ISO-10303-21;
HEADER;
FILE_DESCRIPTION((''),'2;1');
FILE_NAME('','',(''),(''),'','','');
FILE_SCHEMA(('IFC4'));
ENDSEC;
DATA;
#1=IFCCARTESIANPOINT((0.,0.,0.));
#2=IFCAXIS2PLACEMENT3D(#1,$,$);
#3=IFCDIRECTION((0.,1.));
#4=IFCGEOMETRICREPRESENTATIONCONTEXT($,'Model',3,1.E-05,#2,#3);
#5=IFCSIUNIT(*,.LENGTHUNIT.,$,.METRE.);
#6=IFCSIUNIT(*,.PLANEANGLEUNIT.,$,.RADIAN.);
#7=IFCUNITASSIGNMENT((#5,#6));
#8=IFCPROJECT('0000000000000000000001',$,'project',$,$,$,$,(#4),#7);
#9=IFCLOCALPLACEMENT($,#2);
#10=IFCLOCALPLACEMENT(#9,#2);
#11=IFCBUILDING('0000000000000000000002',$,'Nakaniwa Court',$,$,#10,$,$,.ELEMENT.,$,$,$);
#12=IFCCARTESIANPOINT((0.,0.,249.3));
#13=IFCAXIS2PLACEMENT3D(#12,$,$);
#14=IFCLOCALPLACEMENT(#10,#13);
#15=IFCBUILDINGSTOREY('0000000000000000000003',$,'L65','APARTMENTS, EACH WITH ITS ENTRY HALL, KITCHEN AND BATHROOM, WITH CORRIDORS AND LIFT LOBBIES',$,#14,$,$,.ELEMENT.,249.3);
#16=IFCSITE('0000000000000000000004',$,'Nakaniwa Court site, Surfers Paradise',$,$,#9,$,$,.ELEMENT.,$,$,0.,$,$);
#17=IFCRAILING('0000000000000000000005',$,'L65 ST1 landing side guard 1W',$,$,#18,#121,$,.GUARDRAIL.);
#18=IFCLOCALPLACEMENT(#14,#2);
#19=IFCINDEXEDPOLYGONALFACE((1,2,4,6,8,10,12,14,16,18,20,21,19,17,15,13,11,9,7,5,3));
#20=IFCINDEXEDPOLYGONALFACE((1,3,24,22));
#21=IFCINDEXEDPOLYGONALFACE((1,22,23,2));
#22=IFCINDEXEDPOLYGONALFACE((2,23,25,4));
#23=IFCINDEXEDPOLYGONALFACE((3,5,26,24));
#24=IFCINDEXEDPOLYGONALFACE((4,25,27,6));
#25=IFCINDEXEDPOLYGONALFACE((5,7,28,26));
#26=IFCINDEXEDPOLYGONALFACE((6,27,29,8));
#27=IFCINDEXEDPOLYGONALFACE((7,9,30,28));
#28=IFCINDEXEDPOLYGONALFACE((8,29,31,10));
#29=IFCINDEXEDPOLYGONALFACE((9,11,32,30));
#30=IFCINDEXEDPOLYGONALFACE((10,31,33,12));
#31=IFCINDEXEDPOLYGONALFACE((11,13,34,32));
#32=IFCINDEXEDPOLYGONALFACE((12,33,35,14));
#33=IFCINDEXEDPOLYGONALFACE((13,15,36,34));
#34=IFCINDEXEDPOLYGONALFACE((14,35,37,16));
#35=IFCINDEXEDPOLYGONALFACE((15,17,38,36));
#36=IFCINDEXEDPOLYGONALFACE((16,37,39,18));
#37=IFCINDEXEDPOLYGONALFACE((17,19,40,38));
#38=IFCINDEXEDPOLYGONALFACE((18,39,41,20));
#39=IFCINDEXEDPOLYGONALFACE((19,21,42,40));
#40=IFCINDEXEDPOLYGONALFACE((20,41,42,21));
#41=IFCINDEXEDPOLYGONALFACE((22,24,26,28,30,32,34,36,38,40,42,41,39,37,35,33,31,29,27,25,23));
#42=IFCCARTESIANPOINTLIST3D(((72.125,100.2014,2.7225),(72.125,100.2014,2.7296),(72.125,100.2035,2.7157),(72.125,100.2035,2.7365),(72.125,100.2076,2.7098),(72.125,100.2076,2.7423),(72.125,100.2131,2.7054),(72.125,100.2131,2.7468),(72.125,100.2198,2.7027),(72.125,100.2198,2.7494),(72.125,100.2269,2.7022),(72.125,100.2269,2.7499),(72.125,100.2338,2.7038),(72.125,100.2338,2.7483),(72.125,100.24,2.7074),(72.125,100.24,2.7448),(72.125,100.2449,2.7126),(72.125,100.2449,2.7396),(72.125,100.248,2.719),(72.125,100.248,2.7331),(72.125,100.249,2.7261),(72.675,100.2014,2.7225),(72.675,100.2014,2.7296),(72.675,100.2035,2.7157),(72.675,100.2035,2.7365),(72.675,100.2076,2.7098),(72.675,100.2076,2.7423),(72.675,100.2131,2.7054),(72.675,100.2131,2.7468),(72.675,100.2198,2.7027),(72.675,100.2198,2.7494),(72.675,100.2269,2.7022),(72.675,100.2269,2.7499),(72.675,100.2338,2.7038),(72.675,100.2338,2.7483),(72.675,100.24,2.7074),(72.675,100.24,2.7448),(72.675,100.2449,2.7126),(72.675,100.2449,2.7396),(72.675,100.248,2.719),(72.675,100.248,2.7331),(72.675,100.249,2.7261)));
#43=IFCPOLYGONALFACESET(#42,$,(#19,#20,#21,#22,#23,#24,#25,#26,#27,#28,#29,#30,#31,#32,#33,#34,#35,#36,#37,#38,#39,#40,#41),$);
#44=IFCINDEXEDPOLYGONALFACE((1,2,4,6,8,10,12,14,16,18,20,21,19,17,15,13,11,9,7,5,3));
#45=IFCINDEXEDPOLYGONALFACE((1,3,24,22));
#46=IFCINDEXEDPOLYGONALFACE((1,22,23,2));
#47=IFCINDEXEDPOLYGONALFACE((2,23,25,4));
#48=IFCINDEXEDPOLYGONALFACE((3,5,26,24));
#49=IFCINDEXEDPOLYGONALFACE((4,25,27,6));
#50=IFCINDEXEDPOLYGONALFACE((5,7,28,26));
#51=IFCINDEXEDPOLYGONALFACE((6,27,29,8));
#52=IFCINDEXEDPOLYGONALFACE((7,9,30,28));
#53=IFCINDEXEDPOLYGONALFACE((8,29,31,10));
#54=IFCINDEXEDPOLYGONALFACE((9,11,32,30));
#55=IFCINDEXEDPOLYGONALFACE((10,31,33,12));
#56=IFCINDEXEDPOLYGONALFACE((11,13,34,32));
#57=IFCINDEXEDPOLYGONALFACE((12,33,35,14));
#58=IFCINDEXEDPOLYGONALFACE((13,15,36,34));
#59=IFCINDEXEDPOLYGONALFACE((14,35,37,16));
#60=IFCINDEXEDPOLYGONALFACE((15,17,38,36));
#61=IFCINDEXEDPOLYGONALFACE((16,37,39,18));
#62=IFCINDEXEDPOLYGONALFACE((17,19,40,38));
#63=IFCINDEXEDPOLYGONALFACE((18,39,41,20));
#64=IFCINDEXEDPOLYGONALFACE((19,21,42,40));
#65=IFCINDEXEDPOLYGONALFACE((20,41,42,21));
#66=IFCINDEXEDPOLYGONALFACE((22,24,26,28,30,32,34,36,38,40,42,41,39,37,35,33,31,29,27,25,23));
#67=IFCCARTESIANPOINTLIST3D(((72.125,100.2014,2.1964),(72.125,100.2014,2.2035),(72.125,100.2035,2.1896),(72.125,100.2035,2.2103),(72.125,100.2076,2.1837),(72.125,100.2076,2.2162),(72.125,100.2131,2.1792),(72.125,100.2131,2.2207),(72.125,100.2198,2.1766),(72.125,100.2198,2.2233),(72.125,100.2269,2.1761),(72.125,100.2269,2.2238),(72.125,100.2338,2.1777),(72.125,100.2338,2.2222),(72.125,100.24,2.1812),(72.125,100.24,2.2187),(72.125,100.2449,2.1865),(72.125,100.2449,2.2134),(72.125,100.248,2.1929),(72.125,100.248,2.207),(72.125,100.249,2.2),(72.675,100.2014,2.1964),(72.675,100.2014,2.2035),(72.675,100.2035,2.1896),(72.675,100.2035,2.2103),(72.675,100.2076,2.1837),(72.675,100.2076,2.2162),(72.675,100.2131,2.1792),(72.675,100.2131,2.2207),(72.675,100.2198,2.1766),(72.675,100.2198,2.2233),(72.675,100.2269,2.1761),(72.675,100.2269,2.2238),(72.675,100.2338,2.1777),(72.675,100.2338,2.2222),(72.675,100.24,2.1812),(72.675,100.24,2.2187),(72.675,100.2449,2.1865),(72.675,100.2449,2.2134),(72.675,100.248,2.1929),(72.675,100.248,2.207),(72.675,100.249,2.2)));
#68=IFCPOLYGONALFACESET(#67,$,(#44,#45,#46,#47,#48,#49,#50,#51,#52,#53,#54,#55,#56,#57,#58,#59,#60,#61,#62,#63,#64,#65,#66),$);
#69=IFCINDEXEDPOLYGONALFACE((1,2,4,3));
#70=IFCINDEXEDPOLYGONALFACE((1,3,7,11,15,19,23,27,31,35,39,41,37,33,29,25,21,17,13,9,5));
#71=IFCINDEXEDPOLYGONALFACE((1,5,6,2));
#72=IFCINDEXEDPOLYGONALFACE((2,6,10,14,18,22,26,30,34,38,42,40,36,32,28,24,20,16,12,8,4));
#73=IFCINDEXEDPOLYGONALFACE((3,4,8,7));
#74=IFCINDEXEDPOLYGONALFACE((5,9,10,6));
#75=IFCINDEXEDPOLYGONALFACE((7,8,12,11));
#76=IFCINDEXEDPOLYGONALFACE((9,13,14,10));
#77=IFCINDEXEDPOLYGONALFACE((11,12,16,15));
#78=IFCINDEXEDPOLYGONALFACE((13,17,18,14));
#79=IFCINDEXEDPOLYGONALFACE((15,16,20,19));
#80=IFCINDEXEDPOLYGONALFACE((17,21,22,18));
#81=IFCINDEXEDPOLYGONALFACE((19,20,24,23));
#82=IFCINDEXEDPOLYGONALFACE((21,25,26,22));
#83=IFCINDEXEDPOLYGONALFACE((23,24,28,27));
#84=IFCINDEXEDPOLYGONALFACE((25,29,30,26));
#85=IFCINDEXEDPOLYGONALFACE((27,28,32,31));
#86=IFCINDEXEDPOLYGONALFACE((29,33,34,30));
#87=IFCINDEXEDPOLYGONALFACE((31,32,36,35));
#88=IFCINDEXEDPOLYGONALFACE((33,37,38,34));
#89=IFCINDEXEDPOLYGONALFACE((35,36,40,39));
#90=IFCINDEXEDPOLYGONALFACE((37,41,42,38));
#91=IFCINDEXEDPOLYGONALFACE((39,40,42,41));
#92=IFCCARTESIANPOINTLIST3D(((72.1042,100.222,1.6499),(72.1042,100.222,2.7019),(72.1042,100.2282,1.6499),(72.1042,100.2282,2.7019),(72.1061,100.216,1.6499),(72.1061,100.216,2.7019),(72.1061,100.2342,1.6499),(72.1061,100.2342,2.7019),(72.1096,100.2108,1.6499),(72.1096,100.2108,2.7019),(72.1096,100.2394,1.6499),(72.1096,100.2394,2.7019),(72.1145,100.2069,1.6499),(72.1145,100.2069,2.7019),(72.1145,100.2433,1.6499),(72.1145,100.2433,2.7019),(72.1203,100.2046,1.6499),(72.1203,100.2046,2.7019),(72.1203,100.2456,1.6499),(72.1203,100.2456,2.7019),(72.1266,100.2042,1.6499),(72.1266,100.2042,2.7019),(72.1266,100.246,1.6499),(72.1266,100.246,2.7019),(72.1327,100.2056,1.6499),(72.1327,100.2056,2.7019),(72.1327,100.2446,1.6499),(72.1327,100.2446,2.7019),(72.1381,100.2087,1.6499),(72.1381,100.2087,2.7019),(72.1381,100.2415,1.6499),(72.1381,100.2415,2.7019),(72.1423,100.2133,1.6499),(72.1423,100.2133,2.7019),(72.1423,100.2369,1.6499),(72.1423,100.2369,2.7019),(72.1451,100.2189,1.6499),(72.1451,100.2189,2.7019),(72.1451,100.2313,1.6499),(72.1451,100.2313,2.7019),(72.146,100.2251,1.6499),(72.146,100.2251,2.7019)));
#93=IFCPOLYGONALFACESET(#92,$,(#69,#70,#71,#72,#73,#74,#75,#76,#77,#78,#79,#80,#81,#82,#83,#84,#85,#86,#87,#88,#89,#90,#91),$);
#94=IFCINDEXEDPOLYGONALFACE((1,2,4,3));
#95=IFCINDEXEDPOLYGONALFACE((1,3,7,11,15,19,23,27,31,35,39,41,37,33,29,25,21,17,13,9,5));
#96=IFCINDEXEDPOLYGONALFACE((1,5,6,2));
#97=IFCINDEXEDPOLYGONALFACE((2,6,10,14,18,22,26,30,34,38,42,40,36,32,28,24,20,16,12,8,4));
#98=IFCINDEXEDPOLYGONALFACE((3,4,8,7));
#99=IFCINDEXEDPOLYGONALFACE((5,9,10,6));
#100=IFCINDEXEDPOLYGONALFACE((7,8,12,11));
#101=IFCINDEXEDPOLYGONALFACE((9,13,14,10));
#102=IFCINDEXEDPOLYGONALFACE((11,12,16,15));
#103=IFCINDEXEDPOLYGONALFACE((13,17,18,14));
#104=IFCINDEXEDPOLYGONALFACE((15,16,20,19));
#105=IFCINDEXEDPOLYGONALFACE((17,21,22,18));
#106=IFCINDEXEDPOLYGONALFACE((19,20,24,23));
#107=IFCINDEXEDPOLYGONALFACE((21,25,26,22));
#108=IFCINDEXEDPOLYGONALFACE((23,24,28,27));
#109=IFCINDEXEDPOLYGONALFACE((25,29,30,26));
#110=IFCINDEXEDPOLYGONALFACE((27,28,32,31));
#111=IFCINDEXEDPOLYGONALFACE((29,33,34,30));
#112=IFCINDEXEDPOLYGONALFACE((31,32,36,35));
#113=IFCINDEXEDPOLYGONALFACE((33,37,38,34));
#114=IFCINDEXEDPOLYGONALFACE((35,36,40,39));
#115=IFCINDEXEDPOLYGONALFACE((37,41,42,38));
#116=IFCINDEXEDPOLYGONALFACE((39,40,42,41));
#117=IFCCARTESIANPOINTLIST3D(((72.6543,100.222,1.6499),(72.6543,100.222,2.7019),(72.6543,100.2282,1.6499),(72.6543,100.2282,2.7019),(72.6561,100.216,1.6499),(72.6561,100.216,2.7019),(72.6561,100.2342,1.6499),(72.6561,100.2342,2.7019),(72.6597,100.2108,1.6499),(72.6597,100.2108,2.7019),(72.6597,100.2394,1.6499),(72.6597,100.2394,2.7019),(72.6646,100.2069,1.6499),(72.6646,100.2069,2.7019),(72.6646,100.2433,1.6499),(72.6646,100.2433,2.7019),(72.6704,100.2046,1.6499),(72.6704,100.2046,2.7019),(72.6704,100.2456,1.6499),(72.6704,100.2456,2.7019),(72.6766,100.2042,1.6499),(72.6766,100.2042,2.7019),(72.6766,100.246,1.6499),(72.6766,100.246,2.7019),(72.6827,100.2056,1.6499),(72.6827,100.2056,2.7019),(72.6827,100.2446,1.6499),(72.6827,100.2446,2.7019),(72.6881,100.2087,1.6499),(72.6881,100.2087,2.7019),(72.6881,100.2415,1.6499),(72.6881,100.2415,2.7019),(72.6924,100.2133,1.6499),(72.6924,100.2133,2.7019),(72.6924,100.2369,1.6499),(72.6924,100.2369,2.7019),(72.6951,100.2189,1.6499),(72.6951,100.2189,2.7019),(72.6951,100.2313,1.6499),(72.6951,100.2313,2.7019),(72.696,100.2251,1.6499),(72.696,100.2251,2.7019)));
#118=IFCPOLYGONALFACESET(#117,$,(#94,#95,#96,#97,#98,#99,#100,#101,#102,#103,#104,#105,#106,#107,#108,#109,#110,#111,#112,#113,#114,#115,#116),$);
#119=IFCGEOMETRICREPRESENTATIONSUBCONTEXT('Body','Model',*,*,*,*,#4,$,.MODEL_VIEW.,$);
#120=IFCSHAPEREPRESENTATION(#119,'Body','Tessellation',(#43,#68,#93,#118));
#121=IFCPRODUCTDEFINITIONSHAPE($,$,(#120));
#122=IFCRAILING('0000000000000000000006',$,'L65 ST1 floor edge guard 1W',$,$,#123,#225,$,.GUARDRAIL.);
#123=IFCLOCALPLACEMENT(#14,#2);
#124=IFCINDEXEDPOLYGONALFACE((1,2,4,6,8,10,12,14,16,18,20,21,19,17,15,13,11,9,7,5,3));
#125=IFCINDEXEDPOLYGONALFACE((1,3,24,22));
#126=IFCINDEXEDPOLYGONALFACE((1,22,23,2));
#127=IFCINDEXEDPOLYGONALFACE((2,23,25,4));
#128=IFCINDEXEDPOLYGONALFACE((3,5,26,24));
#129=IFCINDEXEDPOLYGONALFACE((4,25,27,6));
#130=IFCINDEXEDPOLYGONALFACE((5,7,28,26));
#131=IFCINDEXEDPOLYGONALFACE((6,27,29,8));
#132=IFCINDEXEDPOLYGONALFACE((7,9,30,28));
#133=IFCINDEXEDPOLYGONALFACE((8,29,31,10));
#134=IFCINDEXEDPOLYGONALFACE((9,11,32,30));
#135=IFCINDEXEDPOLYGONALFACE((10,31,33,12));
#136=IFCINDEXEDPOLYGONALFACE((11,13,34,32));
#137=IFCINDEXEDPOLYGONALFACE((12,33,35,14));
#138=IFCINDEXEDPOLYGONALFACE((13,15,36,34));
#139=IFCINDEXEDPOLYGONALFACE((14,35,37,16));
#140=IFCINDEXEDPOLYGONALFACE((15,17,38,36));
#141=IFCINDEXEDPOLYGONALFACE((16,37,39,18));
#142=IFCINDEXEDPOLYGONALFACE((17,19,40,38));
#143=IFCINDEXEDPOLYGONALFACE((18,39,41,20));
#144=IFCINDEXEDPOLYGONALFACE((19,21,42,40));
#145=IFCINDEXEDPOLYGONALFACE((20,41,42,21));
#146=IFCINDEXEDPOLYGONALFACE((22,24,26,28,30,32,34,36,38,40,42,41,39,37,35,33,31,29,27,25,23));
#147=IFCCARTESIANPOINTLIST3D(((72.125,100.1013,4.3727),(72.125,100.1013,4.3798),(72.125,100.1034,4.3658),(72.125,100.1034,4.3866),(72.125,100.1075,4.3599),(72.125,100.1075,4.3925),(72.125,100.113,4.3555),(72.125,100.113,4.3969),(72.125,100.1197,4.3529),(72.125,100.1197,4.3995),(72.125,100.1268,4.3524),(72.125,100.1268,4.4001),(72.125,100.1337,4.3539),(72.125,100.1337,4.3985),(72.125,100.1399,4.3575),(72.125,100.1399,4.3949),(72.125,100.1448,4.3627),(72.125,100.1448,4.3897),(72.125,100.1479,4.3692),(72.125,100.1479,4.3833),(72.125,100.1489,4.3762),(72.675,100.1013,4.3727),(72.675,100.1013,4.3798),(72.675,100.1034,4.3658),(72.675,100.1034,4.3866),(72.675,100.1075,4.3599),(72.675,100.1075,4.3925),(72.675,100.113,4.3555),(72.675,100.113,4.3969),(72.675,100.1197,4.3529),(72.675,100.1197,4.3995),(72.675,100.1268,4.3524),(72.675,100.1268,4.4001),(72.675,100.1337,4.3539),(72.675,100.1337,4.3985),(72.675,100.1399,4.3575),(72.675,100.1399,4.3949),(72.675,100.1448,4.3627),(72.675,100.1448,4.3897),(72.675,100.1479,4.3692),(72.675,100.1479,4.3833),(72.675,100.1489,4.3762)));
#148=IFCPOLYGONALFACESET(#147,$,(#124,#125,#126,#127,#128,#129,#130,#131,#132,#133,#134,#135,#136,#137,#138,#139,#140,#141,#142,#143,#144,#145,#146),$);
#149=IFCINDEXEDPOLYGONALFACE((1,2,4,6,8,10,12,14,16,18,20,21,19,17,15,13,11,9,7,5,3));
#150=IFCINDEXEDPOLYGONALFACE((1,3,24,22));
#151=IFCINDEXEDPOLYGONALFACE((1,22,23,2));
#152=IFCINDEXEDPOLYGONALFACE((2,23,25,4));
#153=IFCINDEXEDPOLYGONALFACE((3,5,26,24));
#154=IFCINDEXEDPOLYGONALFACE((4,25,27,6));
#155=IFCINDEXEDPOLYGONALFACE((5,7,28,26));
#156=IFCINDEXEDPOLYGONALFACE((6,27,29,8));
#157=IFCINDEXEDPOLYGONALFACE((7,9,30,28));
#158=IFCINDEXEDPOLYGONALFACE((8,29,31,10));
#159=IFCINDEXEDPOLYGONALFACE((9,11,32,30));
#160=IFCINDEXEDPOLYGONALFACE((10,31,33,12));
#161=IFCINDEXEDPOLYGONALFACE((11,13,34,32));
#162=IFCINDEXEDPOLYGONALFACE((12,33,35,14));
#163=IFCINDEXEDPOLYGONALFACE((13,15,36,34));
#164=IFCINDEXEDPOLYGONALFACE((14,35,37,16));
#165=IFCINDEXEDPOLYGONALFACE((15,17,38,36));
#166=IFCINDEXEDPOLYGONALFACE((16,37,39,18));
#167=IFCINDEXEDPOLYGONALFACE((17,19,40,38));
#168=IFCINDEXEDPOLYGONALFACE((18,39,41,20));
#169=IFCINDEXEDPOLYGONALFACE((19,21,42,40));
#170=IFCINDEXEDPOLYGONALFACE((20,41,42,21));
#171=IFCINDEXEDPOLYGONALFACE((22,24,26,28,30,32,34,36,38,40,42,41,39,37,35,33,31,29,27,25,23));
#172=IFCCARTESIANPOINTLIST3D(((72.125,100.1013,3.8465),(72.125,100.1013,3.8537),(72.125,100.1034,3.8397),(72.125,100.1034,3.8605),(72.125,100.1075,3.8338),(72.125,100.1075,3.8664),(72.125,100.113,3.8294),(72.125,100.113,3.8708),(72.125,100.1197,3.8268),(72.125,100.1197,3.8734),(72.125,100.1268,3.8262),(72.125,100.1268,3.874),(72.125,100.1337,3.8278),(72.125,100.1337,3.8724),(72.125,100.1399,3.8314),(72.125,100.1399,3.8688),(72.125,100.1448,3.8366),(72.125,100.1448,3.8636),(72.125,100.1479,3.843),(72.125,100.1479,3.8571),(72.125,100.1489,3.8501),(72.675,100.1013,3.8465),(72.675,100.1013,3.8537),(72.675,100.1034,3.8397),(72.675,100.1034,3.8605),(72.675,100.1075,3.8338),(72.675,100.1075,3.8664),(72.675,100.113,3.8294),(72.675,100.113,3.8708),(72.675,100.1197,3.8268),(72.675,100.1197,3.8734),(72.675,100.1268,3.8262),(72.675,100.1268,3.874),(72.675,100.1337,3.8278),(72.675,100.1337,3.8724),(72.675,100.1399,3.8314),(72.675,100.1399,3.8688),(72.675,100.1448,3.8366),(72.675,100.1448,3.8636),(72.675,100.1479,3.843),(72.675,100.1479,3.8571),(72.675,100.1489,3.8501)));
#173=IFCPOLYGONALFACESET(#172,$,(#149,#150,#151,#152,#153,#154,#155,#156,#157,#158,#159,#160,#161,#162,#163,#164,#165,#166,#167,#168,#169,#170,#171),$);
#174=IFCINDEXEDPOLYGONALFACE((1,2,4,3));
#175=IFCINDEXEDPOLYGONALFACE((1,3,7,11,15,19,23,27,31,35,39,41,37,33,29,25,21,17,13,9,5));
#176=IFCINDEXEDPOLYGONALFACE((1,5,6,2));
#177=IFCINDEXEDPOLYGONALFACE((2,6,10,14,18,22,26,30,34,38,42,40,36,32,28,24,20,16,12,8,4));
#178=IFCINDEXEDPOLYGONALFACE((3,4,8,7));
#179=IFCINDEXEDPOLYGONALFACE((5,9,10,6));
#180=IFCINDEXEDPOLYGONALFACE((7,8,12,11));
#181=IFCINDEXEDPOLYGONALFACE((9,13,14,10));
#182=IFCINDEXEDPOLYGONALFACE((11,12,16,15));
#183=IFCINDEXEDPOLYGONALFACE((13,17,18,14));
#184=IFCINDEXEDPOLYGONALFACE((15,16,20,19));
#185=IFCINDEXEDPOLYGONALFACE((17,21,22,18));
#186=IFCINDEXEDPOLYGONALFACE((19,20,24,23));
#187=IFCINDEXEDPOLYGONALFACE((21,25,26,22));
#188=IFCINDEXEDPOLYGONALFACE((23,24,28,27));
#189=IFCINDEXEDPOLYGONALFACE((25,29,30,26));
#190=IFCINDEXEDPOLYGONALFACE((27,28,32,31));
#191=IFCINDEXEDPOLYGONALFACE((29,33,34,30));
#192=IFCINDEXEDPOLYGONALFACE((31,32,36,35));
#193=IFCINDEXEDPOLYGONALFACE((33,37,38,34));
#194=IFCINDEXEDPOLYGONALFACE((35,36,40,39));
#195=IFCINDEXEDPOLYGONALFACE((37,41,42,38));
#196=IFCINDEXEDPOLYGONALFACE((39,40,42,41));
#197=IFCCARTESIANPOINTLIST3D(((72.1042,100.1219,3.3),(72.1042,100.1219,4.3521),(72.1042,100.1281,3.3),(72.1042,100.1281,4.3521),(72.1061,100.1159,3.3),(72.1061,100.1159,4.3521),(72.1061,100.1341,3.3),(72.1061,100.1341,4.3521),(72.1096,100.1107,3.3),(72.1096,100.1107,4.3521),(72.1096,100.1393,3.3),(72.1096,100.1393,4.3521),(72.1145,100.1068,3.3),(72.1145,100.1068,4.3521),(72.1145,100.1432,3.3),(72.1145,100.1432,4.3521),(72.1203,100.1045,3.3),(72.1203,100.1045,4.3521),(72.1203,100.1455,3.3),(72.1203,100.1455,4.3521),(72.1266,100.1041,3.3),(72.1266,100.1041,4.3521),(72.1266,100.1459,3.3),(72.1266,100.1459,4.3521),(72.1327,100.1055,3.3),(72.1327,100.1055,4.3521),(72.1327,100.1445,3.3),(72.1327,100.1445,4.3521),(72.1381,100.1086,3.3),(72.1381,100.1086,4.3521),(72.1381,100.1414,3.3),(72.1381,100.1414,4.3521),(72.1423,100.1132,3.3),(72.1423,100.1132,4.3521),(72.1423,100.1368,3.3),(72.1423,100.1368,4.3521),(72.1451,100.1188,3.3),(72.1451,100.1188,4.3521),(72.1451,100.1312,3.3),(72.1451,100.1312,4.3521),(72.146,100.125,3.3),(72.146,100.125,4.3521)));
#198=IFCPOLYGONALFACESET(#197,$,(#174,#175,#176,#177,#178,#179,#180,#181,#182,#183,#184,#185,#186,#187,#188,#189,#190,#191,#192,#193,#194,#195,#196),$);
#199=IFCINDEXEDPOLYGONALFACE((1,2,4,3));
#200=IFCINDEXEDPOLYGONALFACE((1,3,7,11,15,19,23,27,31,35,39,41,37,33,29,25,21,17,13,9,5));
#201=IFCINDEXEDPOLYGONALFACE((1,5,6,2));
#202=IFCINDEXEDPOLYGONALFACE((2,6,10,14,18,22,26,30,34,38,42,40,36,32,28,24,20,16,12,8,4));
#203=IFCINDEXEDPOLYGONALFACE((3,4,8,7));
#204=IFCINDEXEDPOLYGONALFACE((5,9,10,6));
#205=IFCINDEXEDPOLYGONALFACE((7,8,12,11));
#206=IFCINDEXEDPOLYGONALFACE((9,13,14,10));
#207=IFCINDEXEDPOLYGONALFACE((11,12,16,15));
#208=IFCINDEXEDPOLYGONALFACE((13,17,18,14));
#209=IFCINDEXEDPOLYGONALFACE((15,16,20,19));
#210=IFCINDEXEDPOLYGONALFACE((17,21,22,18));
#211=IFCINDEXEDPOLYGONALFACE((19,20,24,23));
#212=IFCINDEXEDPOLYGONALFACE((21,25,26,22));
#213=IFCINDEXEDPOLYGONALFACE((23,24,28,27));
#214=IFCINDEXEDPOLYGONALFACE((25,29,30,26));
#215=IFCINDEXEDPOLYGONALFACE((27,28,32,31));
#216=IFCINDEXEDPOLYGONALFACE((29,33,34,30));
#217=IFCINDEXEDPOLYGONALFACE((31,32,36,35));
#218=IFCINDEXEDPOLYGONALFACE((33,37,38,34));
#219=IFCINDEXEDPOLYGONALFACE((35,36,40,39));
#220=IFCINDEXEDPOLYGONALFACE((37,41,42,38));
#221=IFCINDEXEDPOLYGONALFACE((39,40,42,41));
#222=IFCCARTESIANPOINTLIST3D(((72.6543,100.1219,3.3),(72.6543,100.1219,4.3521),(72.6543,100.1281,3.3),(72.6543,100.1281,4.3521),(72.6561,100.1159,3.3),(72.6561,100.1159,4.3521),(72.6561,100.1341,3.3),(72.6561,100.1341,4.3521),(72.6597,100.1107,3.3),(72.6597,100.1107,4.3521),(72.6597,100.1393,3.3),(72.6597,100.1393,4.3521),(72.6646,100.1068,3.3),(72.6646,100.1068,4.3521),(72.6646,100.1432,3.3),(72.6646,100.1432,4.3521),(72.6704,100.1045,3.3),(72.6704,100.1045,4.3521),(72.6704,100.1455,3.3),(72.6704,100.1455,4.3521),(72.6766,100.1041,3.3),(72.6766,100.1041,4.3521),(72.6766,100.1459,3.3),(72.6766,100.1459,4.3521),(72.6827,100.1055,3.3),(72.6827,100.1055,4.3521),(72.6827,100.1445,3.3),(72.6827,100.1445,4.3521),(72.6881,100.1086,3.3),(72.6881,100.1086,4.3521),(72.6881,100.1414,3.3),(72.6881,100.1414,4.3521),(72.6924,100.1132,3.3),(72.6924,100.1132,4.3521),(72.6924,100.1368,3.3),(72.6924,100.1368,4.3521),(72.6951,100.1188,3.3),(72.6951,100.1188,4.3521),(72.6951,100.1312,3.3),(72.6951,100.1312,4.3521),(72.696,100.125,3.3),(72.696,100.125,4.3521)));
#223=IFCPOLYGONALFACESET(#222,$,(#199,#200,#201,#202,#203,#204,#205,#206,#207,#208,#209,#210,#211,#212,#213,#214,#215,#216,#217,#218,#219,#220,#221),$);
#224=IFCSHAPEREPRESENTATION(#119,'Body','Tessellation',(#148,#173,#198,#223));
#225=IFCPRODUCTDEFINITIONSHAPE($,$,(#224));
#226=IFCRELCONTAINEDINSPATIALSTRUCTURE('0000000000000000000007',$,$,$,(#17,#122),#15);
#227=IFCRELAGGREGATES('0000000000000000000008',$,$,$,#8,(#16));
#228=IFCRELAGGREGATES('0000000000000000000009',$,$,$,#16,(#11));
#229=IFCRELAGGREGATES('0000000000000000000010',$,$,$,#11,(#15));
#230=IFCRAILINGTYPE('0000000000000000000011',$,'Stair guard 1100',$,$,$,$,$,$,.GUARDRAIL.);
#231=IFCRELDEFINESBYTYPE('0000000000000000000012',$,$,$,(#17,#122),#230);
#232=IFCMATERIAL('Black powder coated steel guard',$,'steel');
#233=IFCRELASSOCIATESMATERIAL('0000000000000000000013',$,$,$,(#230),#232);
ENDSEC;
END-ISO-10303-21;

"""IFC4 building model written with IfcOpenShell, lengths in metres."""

from ifc_helpers import new_model, si_unit, direction, frame, origin, origin_2d, place, context, subcontext, project, spatial, circle, extrude, material, type_object, element, save


model = new_model("IFC4")

# Units and contexts
model_context = context("Model", 3, precision=1e-05, world=origin(), true_north=direction((0.0, 1.0)))
body_context = subcontext(model_context, "Body", "Model", "MODEL_VIEW")
ifc_project = project(units=[si_unit("LENGTHUNIT", "METRE"), si_unit("PLANEANGLEUNIT", "RADIAN")], contexts=[model_context])

# Site, building, storey
site_placement = place(None, origin())
site = spatial("IfcSite", under=ifc_project, at=site_placement, Name="Nakaniwa Court site, Surfers Paradise", CompositionType="ELEMENT", RefElevation=0.0)
building_placement = place(site_placement, origin())
building = spatial("IfcBuilding", under=site, at=building_placement, Name="Nakaniwa Court", CompositionType="ELEMENT")
storey_placement = place(building_placement, frame((0.0, 0.0, 249.3)))
storey = spatial("IfcBuildingStorey", under=building, at=storey_placement, Name="L65", Description="APARTMENTS, EACH WITH ITS ENTRY HALL, KITCHEN AND BATHROOM, WITH CORRIDORS AND LIFT LOBBIES", CompositionType="ELEMENT", Elevation=249.3)

# Railings
ifc_material_1 = material(Name="Black powder coated steel guard", Category="steel")
railing_type_1 = type_object("IfcRailingType", Name="Stair guard 1100", PredefinedType="GUARDRAIL", material=ifc_material_1)
for number, where, name in (
    (1, (72.125, 100.2251, 1.6499), "L65 ST1 landing side guard 1W"),
    (2, (72.125, 100.125, 3.3), "L65 ST1 floor edge guard 1W"),
):
    element("IfcRailing", number, at=place(storey_placement, frame(where)), inside=storey, type_object=railing_type_1, Name=name, PredefinedType="GUARDRAIL", context=body_context, shape_type="SweptSolid", body=[
        extrude(circle(Radius=0.0239, at=origin_2d()), frame((0.0, 0.0, 1.0762), z_axis=(1.0, 0.0, 0.0), x_axis=(0.0, 1.0, 0.0)), (0.0, 0.0, 1.0), 0.55),
        extrude(circle(Radius=0.0239, at=origin_2d()), frame((0.0, 0.0, 0.55), z_axis=(1.0, 0.0, 0.0), x_axis=(0.0, 1.0, 0.0)), (0.0, 0.0, 1.0), 0.55),
        extrude(circle(Radius=0.021, at=origin_2d()), origin(), (0.0, 0.0, 1.0), 1.052),
        extrude(circle(Radius=0.021, at=origin_2d()), frame((0.55, 0.0, 0.0)), (0.0, 0.0, 1.0), 1.052),
    ])

save(model, "model.ifc")
